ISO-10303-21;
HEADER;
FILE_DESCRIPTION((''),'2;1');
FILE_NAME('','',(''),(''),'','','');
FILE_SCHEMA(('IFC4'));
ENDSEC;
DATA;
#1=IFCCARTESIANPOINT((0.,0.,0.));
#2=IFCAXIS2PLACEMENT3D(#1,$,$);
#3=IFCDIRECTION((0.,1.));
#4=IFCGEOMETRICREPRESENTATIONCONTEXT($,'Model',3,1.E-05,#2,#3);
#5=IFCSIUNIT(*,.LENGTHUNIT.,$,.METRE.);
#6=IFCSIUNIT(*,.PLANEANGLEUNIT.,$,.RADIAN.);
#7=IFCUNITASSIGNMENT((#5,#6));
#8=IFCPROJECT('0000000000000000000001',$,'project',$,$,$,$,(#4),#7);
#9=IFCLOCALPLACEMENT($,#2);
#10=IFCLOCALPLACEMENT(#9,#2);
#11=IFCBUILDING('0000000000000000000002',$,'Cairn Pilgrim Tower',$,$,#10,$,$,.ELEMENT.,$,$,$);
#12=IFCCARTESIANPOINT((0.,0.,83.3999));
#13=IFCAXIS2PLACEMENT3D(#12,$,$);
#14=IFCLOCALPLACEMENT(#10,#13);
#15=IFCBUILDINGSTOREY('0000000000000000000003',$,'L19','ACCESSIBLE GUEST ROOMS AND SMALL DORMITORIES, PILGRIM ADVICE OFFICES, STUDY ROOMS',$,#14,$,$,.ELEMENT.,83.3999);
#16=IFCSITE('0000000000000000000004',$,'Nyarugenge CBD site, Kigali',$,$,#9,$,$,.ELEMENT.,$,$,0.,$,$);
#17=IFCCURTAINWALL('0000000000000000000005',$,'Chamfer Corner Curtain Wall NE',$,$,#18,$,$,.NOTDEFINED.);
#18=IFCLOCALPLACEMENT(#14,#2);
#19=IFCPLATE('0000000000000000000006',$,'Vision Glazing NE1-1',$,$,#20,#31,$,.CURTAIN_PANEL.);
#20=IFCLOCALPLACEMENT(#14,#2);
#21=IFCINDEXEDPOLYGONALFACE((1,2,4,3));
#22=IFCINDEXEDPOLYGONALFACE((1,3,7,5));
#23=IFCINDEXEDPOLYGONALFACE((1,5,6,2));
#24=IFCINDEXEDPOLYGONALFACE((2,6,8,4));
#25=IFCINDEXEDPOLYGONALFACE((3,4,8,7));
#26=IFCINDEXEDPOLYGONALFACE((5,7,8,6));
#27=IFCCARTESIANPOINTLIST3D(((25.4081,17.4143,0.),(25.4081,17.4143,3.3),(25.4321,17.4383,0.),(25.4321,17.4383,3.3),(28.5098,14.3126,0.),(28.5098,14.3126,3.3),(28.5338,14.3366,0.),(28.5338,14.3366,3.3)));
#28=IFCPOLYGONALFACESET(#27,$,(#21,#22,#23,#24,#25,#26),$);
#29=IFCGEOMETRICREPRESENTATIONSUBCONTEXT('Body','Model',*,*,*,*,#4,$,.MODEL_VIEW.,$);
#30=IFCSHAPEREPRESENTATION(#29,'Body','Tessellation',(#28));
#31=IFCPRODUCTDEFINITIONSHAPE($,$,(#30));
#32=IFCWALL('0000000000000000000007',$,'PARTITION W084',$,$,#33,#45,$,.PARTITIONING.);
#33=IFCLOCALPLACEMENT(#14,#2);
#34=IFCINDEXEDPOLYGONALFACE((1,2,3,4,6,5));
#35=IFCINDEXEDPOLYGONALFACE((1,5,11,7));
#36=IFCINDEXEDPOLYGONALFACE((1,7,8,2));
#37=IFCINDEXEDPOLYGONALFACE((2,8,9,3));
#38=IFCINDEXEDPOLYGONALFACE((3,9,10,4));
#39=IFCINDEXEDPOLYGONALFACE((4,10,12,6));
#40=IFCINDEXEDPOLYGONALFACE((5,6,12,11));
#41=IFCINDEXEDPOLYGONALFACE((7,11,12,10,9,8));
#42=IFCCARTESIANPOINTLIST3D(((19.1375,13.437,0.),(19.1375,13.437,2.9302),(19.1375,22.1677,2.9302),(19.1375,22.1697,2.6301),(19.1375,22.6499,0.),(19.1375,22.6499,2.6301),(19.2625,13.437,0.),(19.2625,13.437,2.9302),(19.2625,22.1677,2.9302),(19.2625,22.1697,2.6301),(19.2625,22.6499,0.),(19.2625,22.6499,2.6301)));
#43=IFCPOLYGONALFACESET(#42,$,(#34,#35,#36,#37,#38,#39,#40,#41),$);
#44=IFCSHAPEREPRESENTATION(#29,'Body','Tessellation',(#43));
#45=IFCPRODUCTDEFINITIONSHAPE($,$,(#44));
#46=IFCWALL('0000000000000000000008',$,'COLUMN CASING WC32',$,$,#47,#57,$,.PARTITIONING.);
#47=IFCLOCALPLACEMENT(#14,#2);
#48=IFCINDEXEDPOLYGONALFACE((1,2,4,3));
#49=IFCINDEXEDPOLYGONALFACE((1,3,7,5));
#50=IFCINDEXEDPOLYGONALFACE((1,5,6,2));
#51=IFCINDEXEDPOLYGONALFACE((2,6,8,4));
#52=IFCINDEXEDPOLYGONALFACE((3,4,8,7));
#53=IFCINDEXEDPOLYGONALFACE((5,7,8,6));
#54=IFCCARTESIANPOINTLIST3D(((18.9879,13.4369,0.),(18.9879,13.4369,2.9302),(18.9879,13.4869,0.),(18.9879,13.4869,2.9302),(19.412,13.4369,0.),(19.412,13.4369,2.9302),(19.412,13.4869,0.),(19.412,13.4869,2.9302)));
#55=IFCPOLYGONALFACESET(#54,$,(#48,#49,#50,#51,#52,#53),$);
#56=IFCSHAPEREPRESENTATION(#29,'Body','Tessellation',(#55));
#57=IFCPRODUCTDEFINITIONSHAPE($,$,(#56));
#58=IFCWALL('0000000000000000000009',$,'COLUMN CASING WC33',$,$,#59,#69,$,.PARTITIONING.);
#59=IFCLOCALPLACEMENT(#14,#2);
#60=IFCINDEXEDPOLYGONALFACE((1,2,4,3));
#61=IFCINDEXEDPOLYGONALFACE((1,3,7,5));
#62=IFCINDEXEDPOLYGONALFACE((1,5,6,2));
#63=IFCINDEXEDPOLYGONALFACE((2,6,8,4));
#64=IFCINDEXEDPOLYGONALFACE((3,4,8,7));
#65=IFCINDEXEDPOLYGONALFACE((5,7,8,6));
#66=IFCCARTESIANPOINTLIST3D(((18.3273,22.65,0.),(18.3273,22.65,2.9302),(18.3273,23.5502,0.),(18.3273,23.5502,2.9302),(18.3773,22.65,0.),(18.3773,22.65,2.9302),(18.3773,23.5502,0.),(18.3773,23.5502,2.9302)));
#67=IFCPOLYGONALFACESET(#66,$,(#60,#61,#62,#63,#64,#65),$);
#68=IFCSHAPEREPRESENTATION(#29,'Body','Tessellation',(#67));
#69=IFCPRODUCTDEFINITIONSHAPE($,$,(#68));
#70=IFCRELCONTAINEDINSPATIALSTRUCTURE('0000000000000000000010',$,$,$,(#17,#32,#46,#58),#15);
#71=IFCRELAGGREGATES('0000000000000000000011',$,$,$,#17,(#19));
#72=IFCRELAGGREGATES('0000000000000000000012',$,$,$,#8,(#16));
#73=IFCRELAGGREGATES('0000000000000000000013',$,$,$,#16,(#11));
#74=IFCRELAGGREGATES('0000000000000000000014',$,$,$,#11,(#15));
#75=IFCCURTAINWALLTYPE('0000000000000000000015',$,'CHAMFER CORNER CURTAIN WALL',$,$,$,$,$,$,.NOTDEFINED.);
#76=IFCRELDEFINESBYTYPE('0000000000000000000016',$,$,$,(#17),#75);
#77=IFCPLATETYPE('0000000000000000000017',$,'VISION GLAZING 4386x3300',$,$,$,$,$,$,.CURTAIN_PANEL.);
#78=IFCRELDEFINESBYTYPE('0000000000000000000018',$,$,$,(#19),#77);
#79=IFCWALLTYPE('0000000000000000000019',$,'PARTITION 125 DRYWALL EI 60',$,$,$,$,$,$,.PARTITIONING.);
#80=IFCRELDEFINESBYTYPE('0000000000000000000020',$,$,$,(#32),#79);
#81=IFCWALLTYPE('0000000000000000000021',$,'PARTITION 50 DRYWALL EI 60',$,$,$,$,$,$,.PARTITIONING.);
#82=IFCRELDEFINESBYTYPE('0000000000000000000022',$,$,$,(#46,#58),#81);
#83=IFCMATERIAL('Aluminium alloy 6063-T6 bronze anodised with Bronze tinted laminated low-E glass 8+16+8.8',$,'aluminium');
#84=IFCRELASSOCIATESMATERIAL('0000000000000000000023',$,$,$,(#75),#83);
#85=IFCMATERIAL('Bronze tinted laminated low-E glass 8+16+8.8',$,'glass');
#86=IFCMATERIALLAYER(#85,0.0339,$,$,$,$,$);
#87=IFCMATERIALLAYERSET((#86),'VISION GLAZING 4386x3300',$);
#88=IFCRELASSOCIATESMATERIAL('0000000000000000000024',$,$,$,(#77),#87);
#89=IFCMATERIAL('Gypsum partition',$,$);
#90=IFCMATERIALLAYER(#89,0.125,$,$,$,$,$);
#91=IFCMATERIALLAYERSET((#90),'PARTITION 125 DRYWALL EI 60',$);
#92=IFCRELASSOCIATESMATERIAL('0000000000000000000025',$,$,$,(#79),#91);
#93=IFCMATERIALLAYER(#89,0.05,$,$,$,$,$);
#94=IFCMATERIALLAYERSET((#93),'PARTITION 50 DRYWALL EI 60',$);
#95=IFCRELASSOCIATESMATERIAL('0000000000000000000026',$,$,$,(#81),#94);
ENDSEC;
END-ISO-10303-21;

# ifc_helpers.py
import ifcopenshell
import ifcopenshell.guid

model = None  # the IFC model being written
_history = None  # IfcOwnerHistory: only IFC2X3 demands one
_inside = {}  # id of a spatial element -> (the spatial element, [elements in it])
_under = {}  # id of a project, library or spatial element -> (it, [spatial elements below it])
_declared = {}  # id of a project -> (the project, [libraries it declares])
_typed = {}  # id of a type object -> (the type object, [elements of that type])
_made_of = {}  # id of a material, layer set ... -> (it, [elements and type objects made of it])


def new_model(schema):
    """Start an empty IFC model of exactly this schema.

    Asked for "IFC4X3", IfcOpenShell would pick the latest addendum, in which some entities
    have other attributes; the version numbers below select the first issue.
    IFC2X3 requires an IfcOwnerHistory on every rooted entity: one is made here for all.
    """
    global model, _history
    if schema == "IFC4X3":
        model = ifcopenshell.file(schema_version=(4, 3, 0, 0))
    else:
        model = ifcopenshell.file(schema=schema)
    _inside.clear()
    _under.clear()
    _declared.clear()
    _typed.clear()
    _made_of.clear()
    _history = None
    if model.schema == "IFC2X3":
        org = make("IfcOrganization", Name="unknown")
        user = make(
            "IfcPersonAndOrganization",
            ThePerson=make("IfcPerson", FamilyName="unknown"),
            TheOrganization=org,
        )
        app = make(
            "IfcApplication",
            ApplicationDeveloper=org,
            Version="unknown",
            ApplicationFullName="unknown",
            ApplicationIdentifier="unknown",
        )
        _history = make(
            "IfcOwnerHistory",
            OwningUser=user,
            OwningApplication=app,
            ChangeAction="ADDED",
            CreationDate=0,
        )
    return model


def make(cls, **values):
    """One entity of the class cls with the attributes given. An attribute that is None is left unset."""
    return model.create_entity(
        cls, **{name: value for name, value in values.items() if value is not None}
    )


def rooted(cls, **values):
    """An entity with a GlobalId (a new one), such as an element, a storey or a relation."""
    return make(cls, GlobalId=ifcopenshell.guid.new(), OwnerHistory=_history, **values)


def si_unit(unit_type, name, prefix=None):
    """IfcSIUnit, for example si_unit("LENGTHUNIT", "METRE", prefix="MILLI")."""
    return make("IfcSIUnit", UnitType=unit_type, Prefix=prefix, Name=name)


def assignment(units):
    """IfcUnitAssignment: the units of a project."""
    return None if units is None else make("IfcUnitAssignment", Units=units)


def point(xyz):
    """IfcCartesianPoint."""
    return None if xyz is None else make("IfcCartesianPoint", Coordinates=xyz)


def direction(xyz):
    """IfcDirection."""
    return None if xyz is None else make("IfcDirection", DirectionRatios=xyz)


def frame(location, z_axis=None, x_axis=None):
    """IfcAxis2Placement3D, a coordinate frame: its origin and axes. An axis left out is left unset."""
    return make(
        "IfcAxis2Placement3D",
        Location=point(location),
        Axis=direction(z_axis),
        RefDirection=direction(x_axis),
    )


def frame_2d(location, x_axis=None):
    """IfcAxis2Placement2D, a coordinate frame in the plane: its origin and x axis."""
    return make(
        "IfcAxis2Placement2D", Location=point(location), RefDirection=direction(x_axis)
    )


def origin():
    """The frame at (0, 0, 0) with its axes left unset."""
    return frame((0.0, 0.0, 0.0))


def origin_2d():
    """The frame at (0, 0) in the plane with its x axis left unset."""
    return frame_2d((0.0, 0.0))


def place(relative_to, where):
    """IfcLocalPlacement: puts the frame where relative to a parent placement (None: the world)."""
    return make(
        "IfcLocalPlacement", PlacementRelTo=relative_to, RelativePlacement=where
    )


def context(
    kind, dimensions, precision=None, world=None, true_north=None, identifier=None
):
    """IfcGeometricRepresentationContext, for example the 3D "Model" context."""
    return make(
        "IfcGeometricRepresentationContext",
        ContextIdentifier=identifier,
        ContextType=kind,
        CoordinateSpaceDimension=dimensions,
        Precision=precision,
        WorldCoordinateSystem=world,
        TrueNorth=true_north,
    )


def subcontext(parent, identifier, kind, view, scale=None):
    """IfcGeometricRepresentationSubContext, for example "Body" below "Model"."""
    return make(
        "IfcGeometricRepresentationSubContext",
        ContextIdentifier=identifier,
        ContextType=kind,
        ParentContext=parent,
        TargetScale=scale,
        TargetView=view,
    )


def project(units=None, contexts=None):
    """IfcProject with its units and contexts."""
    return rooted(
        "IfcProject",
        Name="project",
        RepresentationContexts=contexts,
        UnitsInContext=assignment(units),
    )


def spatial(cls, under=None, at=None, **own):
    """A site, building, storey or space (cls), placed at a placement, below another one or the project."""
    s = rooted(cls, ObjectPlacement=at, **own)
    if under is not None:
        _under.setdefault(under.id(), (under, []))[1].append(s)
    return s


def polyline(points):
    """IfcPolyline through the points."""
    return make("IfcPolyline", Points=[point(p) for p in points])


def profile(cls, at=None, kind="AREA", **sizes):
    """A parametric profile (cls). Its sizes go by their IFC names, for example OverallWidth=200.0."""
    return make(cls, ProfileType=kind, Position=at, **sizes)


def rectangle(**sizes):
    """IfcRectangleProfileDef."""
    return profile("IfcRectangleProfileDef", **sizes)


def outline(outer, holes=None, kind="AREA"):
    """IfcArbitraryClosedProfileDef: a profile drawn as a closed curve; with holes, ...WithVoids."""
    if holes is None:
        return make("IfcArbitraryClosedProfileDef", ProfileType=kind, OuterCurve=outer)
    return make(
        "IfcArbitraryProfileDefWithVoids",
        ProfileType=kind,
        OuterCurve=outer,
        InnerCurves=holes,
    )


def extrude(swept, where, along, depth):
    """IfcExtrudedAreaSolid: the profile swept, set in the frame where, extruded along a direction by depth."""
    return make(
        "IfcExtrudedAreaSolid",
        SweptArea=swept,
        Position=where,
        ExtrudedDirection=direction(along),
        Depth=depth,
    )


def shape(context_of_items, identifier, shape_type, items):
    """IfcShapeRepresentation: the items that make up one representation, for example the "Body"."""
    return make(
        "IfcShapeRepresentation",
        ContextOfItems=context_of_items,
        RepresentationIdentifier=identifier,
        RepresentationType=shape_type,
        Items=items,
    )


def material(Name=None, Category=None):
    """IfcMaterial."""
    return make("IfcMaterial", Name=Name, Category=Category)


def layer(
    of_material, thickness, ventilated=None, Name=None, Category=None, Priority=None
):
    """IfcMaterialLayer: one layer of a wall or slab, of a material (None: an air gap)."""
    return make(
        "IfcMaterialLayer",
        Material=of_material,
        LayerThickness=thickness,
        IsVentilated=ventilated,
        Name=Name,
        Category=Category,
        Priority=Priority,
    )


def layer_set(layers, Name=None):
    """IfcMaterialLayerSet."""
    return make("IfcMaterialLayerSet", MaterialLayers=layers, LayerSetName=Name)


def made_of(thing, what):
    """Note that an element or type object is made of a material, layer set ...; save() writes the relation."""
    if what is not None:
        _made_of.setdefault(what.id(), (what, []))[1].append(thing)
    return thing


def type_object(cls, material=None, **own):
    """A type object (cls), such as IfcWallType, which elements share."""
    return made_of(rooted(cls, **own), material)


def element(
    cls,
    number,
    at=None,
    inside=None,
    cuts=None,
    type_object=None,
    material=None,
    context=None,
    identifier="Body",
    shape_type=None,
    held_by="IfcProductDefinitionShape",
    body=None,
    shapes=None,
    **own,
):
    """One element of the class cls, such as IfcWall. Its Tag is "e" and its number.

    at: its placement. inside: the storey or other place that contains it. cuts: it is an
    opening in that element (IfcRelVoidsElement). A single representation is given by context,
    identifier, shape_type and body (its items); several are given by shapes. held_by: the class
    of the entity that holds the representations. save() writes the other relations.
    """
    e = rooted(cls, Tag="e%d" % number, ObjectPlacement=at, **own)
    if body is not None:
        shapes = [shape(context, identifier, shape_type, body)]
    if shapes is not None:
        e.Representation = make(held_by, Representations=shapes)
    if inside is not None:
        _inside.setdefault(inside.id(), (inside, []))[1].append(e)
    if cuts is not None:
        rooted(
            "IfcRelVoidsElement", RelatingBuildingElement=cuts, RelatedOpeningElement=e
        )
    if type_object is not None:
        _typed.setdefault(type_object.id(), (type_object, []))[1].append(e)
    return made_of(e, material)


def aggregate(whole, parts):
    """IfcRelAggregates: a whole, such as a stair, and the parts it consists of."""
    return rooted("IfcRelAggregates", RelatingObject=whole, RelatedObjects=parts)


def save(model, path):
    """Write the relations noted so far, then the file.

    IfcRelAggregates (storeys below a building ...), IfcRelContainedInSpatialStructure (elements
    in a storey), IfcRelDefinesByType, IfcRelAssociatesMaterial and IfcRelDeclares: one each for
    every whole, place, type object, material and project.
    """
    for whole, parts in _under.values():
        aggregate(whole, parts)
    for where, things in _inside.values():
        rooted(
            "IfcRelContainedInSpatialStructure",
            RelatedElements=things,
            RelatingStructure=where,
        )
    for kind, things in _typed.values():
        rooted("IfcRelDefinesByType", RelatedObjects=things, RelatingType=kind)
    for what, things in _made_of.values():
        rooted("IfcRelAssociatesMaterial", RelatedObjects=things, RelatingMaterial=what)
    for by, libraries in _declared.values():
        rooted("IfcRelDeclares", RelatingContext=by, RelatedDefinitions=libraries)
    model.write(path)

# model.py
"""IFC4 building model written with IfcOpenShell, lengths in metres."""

from ifc_helpers import new_model, si_unit, direction, frame, frame_2d, origin, origin_2d, place, context, subcontext, project, spatial, polyline, rectangle, outline, extrude, material, layer, layer_set, type_object, element, aggregate, save


model = new_model("IFC4")

# Units and contexts
model_context = context("Model", 3, precision=1e-05, world=origin(), true_north=direction((0.0, 1.0)))
body_context = subcontext(model_context, "Body", "Model", "MODEL_VIEW")
ifc_project = project(units=[si_unit("LENGTHUNIT", "METRE"), si_unit("PLANEANGLEUNIT", "RADIAN")], contexts=[model_context])

# Site, building, storey
site_placement = place(None, origin())
site = spatial("IfcSite", under=ifc_project, at=site_placement, Name="Nyarugenge CBD site, Kigali", CompositionType="ELEMENT", RefElevation=0.0)
building_placement = place(site_placement, origin())
building = spatial("IfcBuilding", under=site, at=building_placement, Name="Cairn Pilgrim Tower", CompositionType="ELEMENT")
storey_placement = place(building_placement, frame((0.0, 0.0, 83.3999)))
storey = spatial("IfcBuildingStorey", under=building, at=storey_placement, Name="L19", Description="ACCESSIBLE GUEST ROOMS AND SMALL DORMITORIES, PILGRIM ADVICE OFFICES, STUDY ROOMS", CompositionType="ELEMENT", Elevation=83.3999)

# Curtain wall
ifc_material_1 = material(Name="Aluminium alloy 6063-T6 bronze anodised with Bronze tinted laminated low-E glass 8+16+8.8", Category="aluminium")
curtain_wall_type_1 = type_object("IfcCurtainWallType", Name="CHAMFER CORNER CURTAIN WALL", PredefinedType="NOTDEFINED", material=ifc_material_1)
curtain_wall_1_placement = place(storey_placement, origin())
curtain_wall_1 = element("IfcCurtainWall", 1, at=curtain_wall_1_placement, inside=storey, type_object=curtain_wall_type_1, Name="Chamfer Corner Curtain Wall NE", PredefinedType="NOTDEFINED")

# Plate
ifc_material_2 = material(Name="Bronze tinted laminated low-E glass 8+16+8.8", Category="glass")
ifc_layer_1 = layer(ifc_material_2, 0.0339)
ifc_layer_set_1 = layer_set([ifc_layer_1], Name="VISION GLAZING 4386x3300")
plate_type_1 = type_object("IfcPlateType", Name="VISION GLAZING 4386x3300", PredefinedType="CURTAIN_PANEL", material=ifc_layer_set_1)
plate_1_placement = place(storey_placement, frame((26.9709, 15.8755, 0.0), z_axis=(0.0, 0.0, 1.0), x_axis=(-0.707107, 0.707107, 0.0)))
plate_1 = element("IfcPlate", 2, at=plate_1_placement, type_object=plate_type_1, Name="Vision Glazing NE1-1", PredefinedType="CURTAIN_PANEL", context=body_context, shape_type="SweptSolid", body=[
    extrude(rectangle(XDim=4.3865, YDim=0.0339, at=origin_2d()), origin(), (0.0, 0.0, 1.0), 3.3),
])
aggregate(curtain_wall_1, [plate_1])

# Walls
ifc_material_3 = material(Name="Gypsum partition")
ifc_layer_2 = layer(ifc_material_3, 0.125)
ifc_layer_set_2 = layer_set([ifc_layer_2], Name="PARTITION 125 DRYWALL EI 60")
wall_type_1 = type_object("IfcWallType", Name="PARTITION 125 DRYWALL EI 60", PredefinedType="PARTITIONING", material=ifc_layer_set_2)
wall_1_placement = place(storey_placement, frame((19.2, 13.437, 0.0), z_axis=(0.0, 0.0, 1.0), x_axis=(0.0, 1.0, 0.0)))
element("IfcWall", 3, at=wall_1_placement, inside=storey, type_object=wall_type_1, Name="PARTITION W084", PredefinedType="PARTITIONING", context=body_context, shape_type="SweptSolid", body=[
    extrude(outline(polyline([(0.0, 0.0), (9.2129, 0.0), (9.2129, 2.6301), (8.7327, 2.6301), (8.7307, 2.9302), (0.0, 2.9302), (0.0, 0.0)])), frame((0.0, 0.0625, 0.0), z_axis=(0.0, -1.0, 0.0), x_axis=(1.0, 0.0, 0.0)), (0.0, 0.0, 1.0), 0.125),
])
ifc_layer_3 = layer(ifc_material_3, 0.05)
ifc_layer_set_3 = layer_set([ifc_layer_3], Name="PARTITION 50 DRYWALL EI 60")
wall_type_2 = type_object("IfcWallType", Name="PARTITION 50 DRYWALL EI 60", PredefinedType="PARTITIONING", material=ifc_layer_set_3)
wall_2_placement = place(storey_placement, frame((18.988, 13.4619, 0.0), z_axis=(0.0, 0.0, 1.0), x_axis=(1.0, 0.0, 0.0)))
element("IfcWall", 4, at=wall_2_placement, inside=storey, type_object=wall_type_2, Name="COLUMN CASING WC32", PredefinedType="PARTITIONING", context=body_context, shape_type="SweptSolid", body=[
    extrude(rectangle(XDim=0.4241, YDim=0.05, at=frame_2d((0.2119, 0.0))), origin(), (0.0, 0.0, 1.0), 2.9302),
])
wall_3_placement = place(storey_placement, frame((18.3523, 22.6499, 0.0), z_axis=(0.0, 0.0, 1.0), x_axis=(0.0, 1.0, 0.0)))
element("IfcWall", 5, at=wall_3_placement, inside=storey, type_object=wall_type_2, Name="COLUMN CASING WC33", PredefinedType="PARTITIONING", context=body_context, shape_type="SweptSolid", body=[
    extrude(rectangle(XDim=0.9001, YDim=0.05, at=frame_2d((0.4502, 0.0))), origin(), (0.0, 0.0, 1.0), 2.9302),
])

save(model, "model.ifc")
